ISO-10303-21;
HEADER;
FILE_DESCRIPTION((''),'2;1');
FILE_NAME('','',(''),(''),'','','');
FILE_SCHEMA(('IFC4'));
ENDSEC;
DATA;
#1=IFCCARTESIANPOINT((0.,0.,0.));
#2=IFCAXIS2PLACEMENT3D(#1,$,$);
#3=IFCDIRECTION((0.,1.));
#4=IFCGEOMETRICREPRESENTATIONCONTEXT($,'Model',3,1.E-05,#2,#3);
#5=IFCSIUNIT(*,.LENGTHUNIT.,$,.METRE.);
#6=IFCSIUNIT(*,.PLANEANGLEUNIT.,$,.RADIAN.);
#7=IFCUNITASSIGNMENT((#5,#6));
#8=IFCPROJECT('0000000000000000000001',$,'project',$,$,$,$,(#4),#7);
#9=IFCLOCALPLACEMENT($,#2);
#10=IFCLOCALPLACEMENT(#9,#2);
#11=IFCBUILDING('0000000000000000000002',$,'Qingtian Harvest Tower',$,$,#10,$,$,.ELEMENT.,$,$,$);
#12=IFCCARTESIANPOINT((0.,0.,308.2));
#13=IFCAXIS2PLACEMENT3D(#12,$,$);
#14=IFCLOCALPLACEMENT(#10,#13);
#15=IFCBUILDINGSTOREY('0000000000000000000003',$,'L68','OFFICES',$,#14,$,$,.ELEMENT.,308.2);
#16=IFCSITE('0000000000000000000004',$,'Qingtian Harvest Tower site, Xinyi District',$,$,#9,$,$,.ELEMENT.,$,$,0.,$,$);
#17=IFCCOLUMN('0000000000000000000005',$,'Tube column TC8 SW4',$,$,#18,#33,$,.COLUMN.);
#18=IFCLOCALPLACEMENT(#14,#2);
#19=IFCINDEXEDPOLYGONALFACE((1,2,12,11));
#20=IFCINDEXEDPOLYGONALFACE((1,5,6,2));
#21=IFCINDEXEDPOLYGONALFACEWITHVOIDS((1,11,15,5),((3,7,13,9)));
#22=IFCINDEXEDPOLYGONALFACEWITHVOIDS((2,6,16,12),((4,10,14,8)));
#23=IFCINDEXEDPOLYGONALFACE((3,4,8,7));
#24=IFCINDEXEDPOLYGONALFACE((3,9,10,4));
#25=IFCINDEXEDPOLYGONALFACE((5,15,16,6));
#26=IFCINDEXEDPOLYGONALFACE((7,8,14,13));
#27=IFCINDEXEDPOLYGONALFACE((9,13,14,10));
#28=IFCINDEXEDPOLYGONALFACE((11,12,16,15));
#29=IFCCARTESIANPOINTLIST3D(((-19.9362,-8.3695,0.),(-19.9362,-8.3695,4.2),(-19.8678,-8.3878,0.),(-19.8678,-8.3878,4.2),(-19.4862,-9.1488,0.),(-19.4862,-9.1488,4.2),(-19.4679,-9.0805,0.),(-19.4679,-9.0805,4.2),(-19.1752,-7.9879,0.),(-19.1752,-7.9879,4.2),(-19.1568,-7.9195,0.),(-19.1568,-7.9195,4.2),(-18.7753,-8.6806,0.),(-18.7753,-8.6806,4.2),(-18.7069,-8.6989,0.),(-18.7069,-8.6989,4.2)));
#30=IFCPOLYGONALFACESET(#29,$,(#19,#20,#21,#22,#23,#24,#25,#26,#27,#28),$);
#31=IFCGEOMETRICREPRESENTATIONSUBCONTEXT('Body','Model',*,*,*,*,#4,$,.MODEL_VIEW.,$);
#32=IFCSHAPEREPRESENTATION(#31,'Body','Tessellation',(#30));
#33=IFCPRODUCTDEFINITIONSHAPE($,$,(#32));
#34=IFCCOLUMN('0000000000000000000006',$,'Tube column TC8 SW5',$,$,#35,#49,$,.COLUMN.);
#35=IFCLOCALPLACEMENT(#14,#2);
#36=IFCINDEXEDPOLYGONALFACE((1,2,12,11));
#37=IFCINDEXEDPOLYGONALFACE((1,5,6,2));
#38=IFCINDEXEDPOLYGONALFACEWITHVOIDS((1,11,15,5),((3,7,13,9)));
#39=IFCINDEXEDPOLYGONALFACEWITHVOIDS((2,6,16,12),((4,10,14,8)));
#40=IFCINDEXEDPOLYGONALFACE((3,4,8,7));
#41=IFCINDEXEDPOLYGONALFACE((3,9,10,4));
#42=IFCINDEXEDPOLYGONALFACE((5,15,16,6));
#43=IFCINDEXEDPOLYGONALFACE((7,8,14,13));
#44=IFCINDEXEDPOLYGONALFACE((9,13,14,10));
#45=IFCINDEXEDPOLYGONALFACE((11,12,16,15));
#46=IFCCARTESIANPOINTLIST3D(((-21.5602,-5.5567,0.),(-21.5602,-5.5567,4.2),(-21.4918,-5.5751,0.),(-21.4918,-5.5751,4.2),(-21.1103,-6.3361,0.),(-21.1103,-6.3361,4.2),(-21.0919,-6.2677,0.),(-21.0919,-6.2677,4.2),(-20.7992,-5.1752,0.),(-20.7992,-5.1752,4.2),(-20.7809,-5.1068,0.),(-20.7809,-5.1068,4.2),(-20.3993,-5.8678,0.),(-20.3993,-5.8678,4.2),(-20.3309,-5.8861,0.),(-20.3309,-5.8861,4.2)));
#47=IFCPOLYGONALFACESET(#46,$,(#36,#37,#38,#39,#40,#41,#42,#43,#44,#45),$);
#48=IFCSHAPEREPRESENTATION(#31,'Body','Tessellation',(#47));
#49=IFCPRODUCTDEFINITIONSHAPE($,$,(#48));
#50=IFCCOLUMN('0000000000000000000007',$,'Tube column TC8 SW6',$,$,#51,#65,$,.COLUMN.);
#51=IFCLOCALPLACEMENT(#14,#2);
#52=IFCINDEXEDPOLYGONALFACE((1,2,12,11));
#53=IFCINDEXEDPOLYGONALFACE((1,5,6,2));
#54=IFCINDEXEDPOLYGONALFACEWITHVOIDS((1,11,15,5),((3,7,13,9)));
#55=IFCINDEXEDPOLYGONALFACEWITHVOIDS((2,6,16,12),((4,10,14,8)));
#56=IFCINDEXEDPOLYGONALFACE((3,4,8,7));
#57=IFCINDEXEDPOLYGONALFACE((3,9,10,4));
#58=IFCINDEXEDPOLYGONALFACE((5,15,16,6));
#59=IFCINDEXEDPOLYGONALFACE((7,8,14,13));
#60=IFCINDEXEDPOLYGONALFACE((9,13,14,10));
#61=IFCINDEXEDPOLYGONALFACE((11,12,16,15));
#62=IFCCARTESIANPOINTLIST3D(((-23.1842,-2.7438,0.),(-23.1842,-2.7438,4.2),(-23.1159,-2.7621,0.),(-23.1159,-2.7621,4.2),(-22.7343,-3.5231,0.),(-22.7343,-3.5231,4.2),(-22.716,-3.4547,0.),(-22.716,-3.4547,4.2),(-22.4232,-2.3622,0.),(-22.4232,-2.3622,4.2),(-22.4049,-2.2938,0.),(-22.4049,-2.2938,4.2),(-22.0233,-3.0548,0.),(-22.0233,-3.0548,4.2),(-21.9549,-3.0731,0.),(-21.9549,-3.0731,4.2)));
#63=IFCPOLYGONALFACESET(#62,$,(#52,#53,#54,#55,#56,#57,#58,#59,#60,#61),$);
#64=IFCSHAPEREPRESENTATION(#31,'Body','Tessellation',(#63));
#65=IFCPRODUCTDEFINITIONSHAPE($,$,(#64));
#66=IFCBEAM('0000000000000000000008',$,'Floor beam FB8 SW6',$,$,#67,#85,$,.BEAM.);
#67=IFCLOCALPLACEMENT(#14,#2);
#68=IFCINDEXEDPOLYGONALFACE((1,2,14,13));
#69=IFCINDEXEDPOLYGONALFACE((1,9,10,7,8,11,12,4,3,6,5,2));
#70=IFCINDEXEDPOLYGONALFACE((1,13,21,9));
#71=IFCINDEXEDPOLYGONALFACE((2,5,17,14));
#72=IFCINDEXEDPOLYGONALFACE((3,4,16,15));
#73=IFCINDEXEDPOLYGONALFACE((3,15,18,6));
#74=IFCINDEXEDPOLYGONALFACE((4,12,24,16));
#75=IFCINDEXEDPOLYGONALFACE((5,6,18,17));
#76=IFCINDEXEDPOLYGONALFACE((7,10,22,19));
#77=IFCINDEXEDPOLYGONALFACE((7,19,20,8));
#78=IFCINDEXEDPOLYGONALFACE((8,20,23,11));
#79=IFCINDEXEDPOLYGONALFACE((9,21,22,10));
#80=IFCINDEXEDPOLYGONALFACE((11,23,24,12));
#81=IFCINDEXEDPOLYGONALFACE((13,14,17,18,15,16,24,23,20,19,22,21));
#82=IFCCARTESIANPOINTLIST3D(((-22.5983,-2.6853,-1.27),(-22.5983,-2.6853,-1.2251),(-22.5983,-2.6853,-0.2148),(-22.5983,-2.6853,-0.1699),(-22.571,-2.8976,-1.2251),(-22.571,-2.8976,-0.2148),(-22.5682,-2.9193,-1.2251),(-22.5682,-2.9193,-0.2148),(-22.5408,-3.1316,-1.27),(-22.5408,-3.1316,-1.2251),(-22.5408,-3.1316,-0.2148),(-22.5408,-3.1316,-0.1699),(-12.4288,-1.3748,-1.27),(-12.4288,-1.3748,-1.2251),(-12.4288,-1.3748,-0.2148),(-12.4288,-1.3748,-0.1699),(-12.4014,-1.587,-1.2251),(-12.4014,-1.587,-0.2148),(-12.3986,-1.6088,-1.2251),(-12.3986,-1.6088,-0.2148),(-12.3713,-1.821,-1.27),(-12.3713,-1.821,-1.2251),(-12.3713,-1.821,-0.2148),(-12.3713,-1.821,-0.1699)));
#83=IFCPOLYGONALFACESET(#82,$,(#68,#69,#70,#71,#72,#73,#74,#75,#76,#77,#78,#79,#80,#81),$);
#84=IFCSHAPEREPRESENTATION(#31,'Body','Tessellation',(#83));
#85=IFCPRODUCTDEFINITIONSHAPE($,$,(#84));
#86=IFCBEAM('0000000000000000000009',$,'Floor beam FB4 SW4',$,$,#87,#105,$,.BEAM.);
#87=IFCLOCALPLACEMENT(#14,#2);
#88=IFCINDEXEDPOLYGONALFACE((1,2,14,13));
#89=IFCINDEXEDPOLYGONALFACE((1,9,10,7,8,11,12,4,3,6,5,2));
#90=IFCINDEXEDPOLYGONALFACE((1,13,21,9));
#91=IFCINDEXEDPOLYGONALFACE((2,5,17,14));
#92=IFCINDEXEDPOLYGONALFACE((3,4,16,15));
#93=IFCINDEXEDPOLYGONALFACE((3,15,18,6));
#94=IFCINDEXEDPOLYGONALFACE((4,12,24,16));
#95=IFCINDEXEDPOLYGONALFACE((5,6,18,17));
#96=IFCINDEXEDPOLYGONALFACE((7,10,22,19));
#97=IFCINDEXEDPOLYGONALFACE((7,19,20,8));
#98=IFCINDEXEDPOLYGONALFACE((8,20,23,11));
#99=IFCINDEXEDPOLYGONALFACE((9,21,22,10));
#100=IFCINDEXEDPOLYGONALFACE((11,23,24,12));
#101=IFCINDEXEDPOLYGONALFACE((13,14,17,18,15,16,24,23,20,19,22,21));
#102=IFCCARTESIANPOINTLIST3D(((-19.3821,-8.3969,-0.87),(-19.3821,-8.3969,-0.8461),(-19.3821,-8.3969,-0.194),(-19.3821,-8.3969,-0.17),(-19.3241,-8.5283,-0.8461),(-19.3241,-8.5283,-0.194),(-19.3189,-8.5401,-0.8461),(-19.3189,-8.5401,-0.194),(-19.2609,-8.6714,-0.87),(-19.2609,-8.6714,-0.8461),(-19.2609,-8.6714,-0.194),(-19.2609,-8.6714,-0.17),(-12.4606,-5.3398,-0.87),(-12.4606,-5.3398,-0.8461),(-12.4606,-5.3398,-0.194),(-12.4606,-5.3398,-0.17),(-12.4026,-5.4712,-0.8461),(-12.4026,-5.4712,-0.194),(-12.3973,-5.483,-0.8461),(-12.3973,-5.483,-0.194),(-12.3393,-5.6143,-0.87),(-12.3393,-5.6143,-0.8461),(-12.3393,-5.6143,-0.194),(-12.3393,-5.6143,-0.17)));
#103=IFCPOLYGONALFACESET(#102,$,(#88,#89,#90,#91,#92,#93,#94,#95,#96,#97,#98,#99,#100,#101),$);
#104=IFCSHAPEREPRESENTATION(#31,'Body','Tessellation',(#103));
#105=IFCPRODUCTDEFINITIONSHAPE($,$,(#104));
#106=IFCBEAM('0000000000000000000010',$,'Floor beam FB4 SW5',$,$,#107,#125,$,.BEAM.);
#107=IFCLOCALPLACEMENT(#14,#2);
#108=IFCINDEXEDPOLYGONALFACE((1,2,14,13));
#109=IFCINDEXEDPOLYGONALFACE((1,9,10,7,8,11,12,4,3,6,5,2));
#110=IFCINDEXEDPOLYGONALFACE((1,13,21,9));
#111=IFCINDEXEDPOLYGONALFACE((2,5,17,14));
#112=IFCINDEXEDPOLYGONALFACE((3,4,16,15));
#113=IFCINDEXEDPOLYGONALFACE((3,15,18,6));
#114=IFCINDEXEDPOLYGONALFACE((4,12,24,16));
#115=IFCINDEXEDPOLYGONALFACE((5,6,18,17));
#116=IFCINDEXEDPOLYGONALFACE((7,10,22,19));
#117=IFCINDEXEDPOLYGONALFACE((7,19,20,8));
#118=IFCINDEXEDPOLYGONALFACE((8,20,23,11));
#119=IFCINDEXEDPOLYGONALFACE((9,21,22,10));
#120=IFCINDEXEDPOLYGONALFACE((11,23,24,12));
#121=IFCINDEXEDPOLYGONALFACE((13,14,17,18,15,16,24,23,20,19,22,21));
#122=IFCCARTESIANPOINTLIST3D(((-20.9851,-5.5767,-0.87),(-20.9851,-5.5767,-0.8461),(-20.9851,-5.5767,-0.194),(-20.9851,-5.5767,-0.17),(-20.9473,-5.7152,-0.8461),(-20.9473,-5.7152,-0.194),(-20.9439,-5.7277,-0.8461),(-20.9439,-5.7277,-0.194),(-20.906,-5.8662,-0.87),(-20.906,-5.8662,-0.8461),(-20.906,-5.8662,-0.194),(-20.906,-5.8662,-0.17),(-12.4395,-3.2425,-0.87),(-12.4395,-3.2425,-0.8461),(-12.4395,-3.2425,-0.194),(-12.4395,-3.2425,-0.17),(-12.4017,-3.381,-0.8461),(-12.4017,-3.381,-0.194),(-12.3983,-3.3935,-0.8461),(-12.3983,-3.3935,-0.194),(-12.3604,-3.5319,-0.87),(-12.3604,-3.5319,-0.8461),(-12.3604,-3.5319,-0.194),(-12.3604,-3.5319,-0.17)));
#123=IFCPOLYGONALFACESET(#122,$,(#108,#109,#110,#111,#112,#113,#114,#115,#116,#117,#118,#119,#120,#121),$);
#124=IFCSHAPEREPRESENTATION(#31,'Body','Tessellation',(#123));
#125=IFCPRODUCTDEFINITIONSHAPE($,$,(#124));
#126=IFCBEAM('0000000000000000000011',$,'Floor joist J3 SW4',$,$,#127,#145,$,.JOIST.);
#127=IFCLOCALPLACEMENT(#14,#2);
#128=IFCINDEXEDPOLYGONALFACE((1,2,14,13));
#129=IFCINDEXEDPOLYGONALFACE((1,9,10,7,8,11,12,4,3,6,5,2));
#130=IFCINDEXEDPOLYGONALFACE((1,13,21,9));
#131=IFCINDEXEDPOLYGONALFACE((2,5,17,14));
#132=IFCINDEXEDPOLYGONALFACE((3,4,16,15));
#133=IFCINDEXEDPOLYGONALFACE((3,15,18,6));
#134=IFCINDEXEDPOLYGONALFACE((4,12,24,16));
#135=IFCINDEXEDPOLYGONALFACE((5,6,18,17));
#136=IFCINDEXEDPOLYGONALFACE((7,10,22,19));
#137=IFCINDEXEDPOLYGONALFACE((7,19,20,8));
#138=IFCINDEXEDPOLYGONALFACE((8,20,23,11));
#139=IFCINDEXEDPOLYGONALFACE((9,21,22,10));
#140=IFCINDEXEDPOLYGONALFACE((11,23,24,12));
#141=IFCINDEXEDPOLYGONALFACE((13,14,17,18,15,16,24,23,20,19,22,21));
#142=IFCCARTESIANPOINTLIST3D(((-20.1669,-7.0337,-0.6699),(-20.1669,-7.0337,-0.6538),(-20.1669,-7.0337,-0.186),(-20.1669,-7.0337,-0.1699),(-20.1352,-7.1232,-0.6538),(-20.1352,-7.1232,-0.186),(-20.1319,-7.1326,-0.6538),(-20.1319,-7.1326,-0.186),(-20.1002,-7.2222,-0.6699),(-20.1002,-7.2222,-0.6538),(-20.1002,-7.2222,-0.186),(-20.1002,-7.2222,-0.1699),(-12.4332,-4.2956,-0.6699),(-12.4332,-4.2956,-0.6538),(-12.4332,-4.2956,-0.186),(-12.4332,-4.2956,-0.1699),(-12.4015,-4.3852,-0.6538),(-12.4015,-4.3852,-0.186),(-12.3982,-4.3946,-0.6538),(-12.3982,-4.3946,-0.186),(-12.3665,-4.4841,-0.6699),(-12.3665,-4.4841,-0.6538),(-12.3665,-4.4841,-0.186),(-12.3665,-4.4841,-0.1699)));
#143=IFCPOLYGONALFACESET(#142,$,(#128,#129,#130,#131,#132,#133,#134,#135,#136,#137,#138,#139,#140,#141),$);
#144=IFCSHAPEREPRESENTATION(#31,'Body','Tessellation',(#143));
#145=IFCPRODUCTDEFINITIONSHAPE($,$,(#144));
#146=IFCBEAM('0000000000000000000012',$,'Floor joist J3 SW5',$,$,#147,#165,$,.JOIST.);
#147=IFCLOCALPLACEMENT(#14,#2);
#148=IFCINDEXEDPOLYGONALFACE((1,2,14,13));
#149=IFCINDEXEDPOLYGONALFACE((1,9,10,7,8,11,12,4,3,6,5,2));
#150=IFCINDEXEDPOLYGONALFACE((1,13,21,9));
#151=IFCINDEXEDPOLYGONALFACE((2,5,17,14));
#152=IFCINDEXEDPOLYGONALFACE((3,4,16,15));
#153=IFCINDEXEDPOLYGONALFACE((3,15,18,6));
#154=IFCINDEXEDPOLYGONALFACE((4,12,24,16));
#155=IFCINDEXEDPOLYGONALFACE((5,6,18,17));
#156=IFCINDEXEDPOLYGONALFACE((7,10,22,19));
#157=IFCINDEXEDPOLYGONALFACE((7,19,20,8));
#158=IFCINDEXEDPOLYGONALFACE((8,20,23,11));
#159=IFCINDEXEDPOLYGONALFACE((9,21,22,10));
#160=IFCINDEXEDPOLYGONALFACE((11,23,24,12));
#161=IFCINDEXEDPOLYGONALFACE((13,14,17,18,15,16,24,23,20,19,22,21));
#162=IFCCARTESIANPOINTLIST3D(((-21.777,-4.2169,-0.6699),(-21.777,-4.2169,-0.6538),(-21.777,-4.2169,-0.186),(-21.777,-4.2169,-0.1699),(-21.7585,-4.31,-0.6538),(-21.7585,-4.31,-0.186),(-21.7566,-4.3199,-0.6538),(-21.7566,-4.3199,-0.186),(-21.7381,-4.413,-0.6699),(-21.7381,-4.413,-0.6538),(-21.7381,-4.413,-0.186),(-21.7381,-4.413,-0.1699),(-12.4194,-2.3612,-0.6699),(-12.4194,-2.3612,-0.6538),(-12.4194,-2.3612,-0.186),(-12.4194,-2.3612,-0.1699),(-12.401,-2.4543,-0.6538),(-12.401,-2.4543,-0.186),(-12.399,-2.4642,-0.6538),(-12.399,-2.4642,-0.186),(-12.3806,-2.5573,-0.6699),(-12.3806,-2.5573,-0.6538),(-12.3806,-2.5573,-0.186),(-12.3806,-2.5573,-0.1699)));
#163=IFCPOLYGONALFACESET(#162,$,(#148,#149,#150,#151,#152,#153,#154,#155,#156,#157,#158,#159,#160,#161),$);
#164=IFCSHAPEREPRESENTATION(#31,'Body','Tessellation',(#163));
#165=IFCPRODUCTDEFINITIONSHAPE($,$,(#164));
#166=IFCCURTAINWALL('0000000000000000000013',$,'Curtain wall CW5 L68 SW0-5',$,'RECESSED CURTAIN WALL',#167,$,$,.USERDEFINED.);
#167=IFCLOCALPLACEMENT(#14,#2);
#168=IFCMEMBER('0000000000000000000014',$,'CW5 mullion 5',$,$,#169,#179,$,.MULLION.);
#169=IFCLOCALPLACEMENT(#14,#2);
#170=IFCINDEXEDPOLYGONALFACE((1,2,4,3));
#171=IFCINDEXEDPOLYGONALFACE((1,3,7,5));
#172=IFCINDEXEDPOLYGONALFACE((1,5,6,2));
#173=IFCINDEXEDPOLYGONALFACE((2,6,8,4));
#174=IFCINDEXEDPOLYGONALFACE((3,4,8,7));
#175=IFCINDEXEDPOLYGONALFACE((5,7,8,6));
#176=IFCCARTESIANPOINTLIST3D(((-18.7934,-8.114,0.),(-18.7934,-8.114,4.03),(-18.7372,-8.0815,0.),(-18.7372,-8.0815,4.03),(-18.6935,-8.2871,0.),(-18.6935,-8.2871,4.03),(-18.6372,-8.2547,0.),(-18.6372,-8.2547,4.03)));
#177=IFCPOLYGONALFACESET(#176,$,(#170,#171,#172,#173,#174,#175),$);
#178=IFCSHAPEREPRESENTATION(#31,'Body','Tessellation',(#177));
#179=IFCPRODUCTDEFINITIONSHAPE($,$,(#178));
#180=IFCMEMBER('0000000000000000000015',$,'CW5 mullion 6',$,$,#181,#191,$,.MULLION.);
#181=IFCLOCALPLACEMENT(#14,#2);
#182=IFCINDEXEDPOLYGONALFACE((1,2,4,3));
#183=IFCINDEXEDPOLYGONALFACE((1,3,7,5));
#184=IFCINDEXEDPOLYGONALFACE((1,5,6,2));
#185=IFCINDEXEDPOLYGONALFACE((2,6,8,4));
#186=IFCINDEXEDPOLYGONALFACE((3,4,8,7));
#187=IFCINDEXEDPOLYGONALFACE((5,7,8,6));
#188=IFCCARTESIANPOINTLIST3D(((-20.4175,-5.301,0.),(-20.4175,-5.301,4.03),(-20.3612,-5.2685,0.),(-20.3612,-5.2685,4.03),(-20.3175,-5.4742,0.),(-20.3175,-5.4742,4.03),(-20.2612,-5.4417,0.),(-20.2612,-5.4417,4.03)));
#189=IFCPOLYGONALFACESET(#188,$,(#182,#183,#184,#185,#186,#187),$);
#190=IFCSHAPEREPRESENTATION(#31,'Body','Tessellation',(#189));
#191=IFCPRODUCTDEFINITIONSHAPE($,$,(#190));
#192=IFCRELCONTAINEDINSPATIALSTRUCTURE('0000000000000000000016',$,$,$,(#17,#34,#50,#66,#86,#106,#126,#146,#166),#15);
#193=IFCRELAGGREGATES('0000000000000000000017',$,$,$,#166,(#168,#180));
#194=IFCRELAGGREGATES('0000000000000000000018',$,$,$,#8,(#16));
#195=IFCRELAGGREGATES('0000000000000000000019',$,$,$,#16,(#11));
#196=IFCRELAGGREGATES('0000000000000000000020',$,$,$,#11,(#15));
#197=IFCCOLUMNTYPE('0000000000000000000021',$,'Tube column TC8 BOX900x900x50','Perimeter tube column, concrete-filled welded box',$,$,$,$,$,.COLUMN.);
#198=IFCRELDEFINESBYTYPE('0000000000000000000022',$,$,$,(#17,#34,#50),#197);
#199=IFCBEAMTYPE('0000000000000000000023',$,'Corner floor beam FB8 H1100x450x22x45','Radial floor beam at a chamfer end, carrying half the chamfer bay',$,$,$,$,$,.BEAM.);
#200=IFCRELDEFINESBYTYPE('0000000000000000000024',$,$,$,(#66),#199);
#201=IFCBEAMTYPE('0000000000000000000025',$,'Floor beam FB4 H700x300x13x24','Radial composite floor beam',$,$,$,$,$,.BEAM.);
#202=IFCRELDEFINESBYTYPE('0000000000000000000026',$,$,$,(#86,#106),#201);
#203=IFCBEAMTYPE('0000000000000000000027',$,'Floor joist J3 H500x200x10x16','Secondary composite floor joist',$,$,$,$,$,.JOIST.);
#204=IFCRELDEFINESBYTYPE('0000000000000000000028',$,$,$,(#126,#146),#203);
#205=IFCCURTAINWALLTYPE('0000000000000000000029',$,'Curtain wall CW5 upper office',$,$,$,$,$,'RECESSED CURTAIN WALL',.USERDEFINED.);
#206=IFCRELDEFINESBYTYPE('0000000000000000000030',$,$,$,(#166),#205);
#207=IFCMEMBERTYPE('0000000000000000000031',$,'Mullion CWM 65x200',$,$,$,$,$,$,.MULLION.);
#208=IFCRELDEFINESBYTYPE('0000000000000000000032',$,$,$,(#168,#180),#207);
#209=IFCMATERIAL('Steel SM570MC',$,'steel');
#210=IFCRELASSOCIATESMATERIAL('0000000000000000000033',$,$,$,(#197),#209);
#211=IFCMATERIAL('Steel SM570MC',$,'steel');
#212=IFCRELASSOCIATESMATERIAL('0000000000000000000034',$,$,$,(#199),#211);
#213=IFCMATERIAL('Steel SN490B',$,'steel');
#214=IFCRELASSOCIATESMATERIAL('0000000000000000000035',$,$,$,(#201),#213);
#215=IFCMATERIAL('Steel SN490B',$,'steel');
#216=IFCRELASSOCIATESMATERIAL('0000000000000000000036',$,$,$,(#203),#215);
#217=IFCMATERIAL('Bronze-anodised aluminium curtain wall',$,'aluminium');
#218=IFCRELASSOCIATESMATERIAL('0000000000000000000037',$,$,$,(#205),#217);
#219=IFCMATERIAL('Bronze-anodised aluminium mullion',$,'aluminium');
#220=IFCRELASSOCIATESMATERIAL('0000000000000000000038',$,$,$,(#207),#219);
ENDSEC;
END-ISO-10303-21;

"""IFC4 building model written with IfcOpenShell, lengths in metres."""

from ifc_helpers import new_model, si_unit, direction, frame, origin, origin_2d, place, context, subcontext, project, spatial, rectangle, hollow_rectangle, i_section, extrude, material, material_profile, profile_set, type_object, element, aggregate, save


model = new_model("IFC4")

# Units and contexts
model_context = context("Model", 3, precision=1e-05, world=origin(), true_north=direction((0.0, 1.0)))
body_context = subcontext(model_context, "Body", "Model", "MODEL_VIEW")
ifc_project = project(units=[si_unit("LENGTHUNIT", "METRE"), si_unit("PLANEANGLEUNIT", "RADIAN")], contexts=[model_context])

# Site, building, storey
site_placement = place(None, origin())
site = spatial("IfcSite", under=ifc_project, at=site_placement, Name="Qingtian Harvest Tower site, Xinyi District", CompositionType="ELEMENT", RefElevation=0.0)
building_placement = place(site_placement, origin())
building = spatial("IfcBuilding", under=site, at=building_placement, Name="Qingtian Harvest Tower", CompositionType="ELEMENT")
storey_placement = place(building_placement, frame((0.0, 0.0, 308.2)))
storey = spatial("IfcBuildingStorey", under=building, at=storey_placement, Name="L68", Description="OFFICES", CompositionType="ELEMENT", Elevation=308.2)

# Columns
ifc_material_1 = material(Name="Steel SM570MC", Category="steel")
ifc_material_profile_1 = material_profile(ifc_material_1, hollow_rectangle(XDim=0.8999, YDim=0.8999, WallThickness=0.05, at=origin_2d()), Name="BOX900x900x50")
ifc_profile_set_1 = profile_set([ifc_material_profile_1], Name="Steel SM570MC")
column_type = type_object("IfcColumnType", Name="Tube column TC8 BOX900x900x50", Description="Perimeter tube column, concrete-filled welded box", PredefinedType="COLUMN", material=ifc_profile_set_1)
for number, where, z_axis, x_axis, name in (
    (1, (-19.3215, -8.5342, 0.0), (0.0, 0.0, 1.0), (0.5, -0.866025, 0.0), "Tube column TC8 SW4"),
    (2, (-20.9456, -5.7214, 0.0), (0.0, 0.0, 1.0), (0.5, -0.866025, 0.0), "Tube column TC8 SW5"),
    (3, (-22.5696, -2.9084, 0.0), (0.0, 0.0, 1.0), (0.5, -0.866025, 0.0), "Tube column TC8 SW6"),
):
    element("IfcColumn", number, at=place(storey_placement, frame(where, z_axis=z_axis, x_axis=x_axis)), inside=storey, type_object=column_type, Name=name, PredefinedType="COLUMN", context=body_context, shape_type="SweptSolid", body=[
        extrude(hollow_rectangle(XDim=0.8999, YDim=0.8999, WallThickness=0.05, at=origin_2d()), origin(), (0.0, 0.0, 1.0), 4.2),
    ])

# Beams
ifc_material_2 = material(Name="Steel SM570MC", Category="steel")
ifc_material_profile_2 = material_profile(ifc_material_2, i_section(OverallWidth=0.45, OverallDepth=1.1001, WebThickness=0.022, FlangeThickness=0.0449, at=origin_2d()), Name="H1100x450x22x45")
ifc_profile_set_2 = profile_set([ifc_material_profile_2], Name="Steel SM570MC")
beam_type_1 = type_object("IfcBeamType", Name="Corner floor beam FB8 H1100x450x22x45", Description="Radial floor beam at a chamfer end, carrying half the chamfer bay", PredefinedType="BEAM", material=ifc_profile_set_2)
beam_1_placement = place(storey_placement, frame((-22.5696, -2.9084, -0.72), z_axis=(0.991799, 0.127811, 0.0), x_axis=(-0.127811, 0.991799, 0.0)))
element("IfcBeam", 4, at=beam_1_placement, inside=storey, type_object=beam_type_1, Name="Floor beam FB8 SW6", PredefinedType="BEAM", context=body_context, shape_type="SweptSolid", body=[
    extrude(i_section(OverallWidth=0.45, OverallDepth=1.1001, WebThickness=0.022, FlangeThickness=0.0449, at=origin_2d()), origin(), (0.0, 0.0, 1.0), 10.2537),
])
ifc_material_3 = material(Name="Steel SN490B", Category="steel")
ifc_material_profile_3 = material_profile(ifc_material_3, i_section(OverallWidth=0.3, OverallDepth=0.7, WebThickness=0.0129, FlangeThickness=0.0239, at=origin_2d()), Name="H700x300x13x24")
ifc_profile_set_3 = profile_set([ifc_material_profile_3], Name="Steel SN490B")
beam_type_2 = type_object("IfcBeamType", Name="Floor beam FB4 H700x300x13x24", Description="Radial composite floor beam", PredefinedType="BEAM", material=ifc_profile_set_3)
beam_2_placement = place(storey_placement, frame((-19.3215, -8.5342, -0.52), z_axis=(0.914748, 0.404024, 0.0), x_axis=(-0.404024, 0.914748, 0.0)))
element("IfcBeam", 5, at=beam_2_placement, inside=storey, type_object=beam_type_2, Name="Floor beam FB4 SW4", PredefinedType="BEAM", context=body_context, shape_type="SweptSolid", body=[
    extrude(i_section(OverallWidth=0.3, OverallDepth=0.7, WebThickness=0.0129, FlangeThickness=0.0239, at=origin_2d()), origin(), (0.0, 0.0, 1.0), 7.5667),
])
beam_3_placement = place(storey_placement, frame((-20.9456, -5.7214, -0.52), z_axis=(0.964661, 0.263495, 0.0), x_axis=(-0.263495, 0.964661, 0.0)))
element("IfcBeam", 6, at=beam_3_placement, inside=storey, type_object=beam_type_2, Name="Floor beam FB4 SW5", PredefinedType="BEAM", context=body_context, shape_type="SweptSolid", body=[
    extrude(i_section(OverallWidth=0.3, OverallDepth=0.7, WebThickness=0.0129, FlangeThickness=0.0239, at=origin_2d()), origin(), (0.0, 0.0, 1.0), 8.8586),
])
ifc_material_4 = material(Name="Steel SN490B", Category="steel")
ifc_material_profile_4 = material_profile(ifc_material_4, i_section(OverallWidth=0.2, OverallDepth=0.5, WebThickness=0.01, FlangeThickness=0.0161, at=origin_2d()), Name="H500x200x10x16")
ifc_profile_set_4 = profile_set([ifc_material_profile_4], Name="Steel SN490B")
beam_type_3 = type_object("IfcBeamType", Name="Floor joist J3 H500x200x10x16", Description="Secondary composite floor joist", PredefinedType="JOIST", material=ifc_profile_set_4)
beam_4_placement = place(storey_placement, frame((-20.1335, -7.1279, -0.4199), z_axis=(0.942664, 0.333743, 0.0), x_axis=(-0.333743, 0.942664, 0.0)))
element("IfcBeam", 7, at=beam_4_placement, inside=storey, type_object=beam_type_3, Name="Floor joist J3 SW4", PredefinedType="JOIST", context=body_context, shape_type="SweptSolid", body=[
    extrude(i_section(OverallWidth=0.2, OverallDepth=0.5, WebThickness=0.01, FlangeThickness=0.0161, at=origin_2d()), origin(), (0.0, 0.0, 1.0), 8.2041),
])
beam_5_placement = place(storey_placement, frame((-21.7576, -4.3149, -0.4199), z_axis=(0.980898, 0.194521, 0.0), x_axis=(-0.194521, 0.980898, 0.0)))
element("IfcBeam", 8, at=beam_5_placement, inside=storey, type_object=beam_type_3, Name="Floor joist J3 SW5", PredefinedType="JOIST", context=body_context, shape_type="SweptSolid", body=[
    extrude(i_section(OverallWidth=0.2, OverallDepth=0.5, WebThickness=0.01, FlangeThickness=0.0161, at=origin_2d()), origin(), (0.0, 0.0, 1.0), 9.5398),
])

# Curtain wall, members
ifc_material_5 = material(Name="Bronze-anodised aluminium curtain wall", Category="aluminium")
curtain_wall_type = type_object("IfcCurtainWallType", Name="Curtain wall CW5 upper office", ElementType="RECESSED CURTAIN WALL", PredefinedType="USERDEFINED", material=ifc_material_5)
curtain_wall_1_placement = place(storey_placement, origin())
curtain_wall_1 = element("IfcCurtainWall", 9, at=curtain_wall_1_placement, inside=storey, type_object=curtain_wall_type, Name="Curtain wall CW5 L68 SW0-5", ObjectType="RECESSED CURTAIN WALL", PredefinedType="USERDEFINED")
ifc_material_6 = material(Name="Bronze-anodised aluminium mullion", Category="aluminium")
ifc_material_profile_5 = material_profile(ifc_material_6, rectangle(XDim=0.0649, YDim=0.2, at=origin_2d()), Name="AL 65x200")
ifc_profile_set_5 = profile_set([ifc_material_profile_5], Name="Bronze-anodised aluminium mullion")
member_type_1 = type_object("IfcMemberType", Name="Mullion CWM 65x200", PredefinedType="MULLION", material=ifc_profile_set_5)
member_1_placement = place(storey_placement, frame((-18.7153, -8.1843, 0.0), z_axis=(0.0, 0.0, 1.0), x_axis=(-0.866025, -0.5, 0.0)))
member_1 = element("IfcMember", 10, at=member_1_placement, type_object=member_type_1, Name="CW5 mullion 5", PredefinedType="MULLION", context=body_context, shape_type="SweptSolid", body=[
    extrude(rectangle(XDim=0.0649, YDim=0.2, at=origin_2d()), origin(), (0.0, 0.0, 1.0), 4.03),
])
member_2_placement = place(storey_placement, frame((-20.3394, -5.3713, 0.0), z_axis=(0.0, 0.0, 1.0), x_axis=(-0.866025, -0.5, 0.0)))
member_2 = element("IfcMember", 11, at=member_2_placement, type_object=member_type_1, Name="CW5 mullion 6", PredefinedType="MULLION", context=body_context, shape_type="SweptSolid", body=[
    extrude(rectangle(XDim=0.0649, YDim=0.2, at=origin_2d()), origin(), (0.0, 0.0, 1.0), 4.03),
])

aggregate(curtain_wall_1, [member_1, member_2])

save(model, "model.ifc")
